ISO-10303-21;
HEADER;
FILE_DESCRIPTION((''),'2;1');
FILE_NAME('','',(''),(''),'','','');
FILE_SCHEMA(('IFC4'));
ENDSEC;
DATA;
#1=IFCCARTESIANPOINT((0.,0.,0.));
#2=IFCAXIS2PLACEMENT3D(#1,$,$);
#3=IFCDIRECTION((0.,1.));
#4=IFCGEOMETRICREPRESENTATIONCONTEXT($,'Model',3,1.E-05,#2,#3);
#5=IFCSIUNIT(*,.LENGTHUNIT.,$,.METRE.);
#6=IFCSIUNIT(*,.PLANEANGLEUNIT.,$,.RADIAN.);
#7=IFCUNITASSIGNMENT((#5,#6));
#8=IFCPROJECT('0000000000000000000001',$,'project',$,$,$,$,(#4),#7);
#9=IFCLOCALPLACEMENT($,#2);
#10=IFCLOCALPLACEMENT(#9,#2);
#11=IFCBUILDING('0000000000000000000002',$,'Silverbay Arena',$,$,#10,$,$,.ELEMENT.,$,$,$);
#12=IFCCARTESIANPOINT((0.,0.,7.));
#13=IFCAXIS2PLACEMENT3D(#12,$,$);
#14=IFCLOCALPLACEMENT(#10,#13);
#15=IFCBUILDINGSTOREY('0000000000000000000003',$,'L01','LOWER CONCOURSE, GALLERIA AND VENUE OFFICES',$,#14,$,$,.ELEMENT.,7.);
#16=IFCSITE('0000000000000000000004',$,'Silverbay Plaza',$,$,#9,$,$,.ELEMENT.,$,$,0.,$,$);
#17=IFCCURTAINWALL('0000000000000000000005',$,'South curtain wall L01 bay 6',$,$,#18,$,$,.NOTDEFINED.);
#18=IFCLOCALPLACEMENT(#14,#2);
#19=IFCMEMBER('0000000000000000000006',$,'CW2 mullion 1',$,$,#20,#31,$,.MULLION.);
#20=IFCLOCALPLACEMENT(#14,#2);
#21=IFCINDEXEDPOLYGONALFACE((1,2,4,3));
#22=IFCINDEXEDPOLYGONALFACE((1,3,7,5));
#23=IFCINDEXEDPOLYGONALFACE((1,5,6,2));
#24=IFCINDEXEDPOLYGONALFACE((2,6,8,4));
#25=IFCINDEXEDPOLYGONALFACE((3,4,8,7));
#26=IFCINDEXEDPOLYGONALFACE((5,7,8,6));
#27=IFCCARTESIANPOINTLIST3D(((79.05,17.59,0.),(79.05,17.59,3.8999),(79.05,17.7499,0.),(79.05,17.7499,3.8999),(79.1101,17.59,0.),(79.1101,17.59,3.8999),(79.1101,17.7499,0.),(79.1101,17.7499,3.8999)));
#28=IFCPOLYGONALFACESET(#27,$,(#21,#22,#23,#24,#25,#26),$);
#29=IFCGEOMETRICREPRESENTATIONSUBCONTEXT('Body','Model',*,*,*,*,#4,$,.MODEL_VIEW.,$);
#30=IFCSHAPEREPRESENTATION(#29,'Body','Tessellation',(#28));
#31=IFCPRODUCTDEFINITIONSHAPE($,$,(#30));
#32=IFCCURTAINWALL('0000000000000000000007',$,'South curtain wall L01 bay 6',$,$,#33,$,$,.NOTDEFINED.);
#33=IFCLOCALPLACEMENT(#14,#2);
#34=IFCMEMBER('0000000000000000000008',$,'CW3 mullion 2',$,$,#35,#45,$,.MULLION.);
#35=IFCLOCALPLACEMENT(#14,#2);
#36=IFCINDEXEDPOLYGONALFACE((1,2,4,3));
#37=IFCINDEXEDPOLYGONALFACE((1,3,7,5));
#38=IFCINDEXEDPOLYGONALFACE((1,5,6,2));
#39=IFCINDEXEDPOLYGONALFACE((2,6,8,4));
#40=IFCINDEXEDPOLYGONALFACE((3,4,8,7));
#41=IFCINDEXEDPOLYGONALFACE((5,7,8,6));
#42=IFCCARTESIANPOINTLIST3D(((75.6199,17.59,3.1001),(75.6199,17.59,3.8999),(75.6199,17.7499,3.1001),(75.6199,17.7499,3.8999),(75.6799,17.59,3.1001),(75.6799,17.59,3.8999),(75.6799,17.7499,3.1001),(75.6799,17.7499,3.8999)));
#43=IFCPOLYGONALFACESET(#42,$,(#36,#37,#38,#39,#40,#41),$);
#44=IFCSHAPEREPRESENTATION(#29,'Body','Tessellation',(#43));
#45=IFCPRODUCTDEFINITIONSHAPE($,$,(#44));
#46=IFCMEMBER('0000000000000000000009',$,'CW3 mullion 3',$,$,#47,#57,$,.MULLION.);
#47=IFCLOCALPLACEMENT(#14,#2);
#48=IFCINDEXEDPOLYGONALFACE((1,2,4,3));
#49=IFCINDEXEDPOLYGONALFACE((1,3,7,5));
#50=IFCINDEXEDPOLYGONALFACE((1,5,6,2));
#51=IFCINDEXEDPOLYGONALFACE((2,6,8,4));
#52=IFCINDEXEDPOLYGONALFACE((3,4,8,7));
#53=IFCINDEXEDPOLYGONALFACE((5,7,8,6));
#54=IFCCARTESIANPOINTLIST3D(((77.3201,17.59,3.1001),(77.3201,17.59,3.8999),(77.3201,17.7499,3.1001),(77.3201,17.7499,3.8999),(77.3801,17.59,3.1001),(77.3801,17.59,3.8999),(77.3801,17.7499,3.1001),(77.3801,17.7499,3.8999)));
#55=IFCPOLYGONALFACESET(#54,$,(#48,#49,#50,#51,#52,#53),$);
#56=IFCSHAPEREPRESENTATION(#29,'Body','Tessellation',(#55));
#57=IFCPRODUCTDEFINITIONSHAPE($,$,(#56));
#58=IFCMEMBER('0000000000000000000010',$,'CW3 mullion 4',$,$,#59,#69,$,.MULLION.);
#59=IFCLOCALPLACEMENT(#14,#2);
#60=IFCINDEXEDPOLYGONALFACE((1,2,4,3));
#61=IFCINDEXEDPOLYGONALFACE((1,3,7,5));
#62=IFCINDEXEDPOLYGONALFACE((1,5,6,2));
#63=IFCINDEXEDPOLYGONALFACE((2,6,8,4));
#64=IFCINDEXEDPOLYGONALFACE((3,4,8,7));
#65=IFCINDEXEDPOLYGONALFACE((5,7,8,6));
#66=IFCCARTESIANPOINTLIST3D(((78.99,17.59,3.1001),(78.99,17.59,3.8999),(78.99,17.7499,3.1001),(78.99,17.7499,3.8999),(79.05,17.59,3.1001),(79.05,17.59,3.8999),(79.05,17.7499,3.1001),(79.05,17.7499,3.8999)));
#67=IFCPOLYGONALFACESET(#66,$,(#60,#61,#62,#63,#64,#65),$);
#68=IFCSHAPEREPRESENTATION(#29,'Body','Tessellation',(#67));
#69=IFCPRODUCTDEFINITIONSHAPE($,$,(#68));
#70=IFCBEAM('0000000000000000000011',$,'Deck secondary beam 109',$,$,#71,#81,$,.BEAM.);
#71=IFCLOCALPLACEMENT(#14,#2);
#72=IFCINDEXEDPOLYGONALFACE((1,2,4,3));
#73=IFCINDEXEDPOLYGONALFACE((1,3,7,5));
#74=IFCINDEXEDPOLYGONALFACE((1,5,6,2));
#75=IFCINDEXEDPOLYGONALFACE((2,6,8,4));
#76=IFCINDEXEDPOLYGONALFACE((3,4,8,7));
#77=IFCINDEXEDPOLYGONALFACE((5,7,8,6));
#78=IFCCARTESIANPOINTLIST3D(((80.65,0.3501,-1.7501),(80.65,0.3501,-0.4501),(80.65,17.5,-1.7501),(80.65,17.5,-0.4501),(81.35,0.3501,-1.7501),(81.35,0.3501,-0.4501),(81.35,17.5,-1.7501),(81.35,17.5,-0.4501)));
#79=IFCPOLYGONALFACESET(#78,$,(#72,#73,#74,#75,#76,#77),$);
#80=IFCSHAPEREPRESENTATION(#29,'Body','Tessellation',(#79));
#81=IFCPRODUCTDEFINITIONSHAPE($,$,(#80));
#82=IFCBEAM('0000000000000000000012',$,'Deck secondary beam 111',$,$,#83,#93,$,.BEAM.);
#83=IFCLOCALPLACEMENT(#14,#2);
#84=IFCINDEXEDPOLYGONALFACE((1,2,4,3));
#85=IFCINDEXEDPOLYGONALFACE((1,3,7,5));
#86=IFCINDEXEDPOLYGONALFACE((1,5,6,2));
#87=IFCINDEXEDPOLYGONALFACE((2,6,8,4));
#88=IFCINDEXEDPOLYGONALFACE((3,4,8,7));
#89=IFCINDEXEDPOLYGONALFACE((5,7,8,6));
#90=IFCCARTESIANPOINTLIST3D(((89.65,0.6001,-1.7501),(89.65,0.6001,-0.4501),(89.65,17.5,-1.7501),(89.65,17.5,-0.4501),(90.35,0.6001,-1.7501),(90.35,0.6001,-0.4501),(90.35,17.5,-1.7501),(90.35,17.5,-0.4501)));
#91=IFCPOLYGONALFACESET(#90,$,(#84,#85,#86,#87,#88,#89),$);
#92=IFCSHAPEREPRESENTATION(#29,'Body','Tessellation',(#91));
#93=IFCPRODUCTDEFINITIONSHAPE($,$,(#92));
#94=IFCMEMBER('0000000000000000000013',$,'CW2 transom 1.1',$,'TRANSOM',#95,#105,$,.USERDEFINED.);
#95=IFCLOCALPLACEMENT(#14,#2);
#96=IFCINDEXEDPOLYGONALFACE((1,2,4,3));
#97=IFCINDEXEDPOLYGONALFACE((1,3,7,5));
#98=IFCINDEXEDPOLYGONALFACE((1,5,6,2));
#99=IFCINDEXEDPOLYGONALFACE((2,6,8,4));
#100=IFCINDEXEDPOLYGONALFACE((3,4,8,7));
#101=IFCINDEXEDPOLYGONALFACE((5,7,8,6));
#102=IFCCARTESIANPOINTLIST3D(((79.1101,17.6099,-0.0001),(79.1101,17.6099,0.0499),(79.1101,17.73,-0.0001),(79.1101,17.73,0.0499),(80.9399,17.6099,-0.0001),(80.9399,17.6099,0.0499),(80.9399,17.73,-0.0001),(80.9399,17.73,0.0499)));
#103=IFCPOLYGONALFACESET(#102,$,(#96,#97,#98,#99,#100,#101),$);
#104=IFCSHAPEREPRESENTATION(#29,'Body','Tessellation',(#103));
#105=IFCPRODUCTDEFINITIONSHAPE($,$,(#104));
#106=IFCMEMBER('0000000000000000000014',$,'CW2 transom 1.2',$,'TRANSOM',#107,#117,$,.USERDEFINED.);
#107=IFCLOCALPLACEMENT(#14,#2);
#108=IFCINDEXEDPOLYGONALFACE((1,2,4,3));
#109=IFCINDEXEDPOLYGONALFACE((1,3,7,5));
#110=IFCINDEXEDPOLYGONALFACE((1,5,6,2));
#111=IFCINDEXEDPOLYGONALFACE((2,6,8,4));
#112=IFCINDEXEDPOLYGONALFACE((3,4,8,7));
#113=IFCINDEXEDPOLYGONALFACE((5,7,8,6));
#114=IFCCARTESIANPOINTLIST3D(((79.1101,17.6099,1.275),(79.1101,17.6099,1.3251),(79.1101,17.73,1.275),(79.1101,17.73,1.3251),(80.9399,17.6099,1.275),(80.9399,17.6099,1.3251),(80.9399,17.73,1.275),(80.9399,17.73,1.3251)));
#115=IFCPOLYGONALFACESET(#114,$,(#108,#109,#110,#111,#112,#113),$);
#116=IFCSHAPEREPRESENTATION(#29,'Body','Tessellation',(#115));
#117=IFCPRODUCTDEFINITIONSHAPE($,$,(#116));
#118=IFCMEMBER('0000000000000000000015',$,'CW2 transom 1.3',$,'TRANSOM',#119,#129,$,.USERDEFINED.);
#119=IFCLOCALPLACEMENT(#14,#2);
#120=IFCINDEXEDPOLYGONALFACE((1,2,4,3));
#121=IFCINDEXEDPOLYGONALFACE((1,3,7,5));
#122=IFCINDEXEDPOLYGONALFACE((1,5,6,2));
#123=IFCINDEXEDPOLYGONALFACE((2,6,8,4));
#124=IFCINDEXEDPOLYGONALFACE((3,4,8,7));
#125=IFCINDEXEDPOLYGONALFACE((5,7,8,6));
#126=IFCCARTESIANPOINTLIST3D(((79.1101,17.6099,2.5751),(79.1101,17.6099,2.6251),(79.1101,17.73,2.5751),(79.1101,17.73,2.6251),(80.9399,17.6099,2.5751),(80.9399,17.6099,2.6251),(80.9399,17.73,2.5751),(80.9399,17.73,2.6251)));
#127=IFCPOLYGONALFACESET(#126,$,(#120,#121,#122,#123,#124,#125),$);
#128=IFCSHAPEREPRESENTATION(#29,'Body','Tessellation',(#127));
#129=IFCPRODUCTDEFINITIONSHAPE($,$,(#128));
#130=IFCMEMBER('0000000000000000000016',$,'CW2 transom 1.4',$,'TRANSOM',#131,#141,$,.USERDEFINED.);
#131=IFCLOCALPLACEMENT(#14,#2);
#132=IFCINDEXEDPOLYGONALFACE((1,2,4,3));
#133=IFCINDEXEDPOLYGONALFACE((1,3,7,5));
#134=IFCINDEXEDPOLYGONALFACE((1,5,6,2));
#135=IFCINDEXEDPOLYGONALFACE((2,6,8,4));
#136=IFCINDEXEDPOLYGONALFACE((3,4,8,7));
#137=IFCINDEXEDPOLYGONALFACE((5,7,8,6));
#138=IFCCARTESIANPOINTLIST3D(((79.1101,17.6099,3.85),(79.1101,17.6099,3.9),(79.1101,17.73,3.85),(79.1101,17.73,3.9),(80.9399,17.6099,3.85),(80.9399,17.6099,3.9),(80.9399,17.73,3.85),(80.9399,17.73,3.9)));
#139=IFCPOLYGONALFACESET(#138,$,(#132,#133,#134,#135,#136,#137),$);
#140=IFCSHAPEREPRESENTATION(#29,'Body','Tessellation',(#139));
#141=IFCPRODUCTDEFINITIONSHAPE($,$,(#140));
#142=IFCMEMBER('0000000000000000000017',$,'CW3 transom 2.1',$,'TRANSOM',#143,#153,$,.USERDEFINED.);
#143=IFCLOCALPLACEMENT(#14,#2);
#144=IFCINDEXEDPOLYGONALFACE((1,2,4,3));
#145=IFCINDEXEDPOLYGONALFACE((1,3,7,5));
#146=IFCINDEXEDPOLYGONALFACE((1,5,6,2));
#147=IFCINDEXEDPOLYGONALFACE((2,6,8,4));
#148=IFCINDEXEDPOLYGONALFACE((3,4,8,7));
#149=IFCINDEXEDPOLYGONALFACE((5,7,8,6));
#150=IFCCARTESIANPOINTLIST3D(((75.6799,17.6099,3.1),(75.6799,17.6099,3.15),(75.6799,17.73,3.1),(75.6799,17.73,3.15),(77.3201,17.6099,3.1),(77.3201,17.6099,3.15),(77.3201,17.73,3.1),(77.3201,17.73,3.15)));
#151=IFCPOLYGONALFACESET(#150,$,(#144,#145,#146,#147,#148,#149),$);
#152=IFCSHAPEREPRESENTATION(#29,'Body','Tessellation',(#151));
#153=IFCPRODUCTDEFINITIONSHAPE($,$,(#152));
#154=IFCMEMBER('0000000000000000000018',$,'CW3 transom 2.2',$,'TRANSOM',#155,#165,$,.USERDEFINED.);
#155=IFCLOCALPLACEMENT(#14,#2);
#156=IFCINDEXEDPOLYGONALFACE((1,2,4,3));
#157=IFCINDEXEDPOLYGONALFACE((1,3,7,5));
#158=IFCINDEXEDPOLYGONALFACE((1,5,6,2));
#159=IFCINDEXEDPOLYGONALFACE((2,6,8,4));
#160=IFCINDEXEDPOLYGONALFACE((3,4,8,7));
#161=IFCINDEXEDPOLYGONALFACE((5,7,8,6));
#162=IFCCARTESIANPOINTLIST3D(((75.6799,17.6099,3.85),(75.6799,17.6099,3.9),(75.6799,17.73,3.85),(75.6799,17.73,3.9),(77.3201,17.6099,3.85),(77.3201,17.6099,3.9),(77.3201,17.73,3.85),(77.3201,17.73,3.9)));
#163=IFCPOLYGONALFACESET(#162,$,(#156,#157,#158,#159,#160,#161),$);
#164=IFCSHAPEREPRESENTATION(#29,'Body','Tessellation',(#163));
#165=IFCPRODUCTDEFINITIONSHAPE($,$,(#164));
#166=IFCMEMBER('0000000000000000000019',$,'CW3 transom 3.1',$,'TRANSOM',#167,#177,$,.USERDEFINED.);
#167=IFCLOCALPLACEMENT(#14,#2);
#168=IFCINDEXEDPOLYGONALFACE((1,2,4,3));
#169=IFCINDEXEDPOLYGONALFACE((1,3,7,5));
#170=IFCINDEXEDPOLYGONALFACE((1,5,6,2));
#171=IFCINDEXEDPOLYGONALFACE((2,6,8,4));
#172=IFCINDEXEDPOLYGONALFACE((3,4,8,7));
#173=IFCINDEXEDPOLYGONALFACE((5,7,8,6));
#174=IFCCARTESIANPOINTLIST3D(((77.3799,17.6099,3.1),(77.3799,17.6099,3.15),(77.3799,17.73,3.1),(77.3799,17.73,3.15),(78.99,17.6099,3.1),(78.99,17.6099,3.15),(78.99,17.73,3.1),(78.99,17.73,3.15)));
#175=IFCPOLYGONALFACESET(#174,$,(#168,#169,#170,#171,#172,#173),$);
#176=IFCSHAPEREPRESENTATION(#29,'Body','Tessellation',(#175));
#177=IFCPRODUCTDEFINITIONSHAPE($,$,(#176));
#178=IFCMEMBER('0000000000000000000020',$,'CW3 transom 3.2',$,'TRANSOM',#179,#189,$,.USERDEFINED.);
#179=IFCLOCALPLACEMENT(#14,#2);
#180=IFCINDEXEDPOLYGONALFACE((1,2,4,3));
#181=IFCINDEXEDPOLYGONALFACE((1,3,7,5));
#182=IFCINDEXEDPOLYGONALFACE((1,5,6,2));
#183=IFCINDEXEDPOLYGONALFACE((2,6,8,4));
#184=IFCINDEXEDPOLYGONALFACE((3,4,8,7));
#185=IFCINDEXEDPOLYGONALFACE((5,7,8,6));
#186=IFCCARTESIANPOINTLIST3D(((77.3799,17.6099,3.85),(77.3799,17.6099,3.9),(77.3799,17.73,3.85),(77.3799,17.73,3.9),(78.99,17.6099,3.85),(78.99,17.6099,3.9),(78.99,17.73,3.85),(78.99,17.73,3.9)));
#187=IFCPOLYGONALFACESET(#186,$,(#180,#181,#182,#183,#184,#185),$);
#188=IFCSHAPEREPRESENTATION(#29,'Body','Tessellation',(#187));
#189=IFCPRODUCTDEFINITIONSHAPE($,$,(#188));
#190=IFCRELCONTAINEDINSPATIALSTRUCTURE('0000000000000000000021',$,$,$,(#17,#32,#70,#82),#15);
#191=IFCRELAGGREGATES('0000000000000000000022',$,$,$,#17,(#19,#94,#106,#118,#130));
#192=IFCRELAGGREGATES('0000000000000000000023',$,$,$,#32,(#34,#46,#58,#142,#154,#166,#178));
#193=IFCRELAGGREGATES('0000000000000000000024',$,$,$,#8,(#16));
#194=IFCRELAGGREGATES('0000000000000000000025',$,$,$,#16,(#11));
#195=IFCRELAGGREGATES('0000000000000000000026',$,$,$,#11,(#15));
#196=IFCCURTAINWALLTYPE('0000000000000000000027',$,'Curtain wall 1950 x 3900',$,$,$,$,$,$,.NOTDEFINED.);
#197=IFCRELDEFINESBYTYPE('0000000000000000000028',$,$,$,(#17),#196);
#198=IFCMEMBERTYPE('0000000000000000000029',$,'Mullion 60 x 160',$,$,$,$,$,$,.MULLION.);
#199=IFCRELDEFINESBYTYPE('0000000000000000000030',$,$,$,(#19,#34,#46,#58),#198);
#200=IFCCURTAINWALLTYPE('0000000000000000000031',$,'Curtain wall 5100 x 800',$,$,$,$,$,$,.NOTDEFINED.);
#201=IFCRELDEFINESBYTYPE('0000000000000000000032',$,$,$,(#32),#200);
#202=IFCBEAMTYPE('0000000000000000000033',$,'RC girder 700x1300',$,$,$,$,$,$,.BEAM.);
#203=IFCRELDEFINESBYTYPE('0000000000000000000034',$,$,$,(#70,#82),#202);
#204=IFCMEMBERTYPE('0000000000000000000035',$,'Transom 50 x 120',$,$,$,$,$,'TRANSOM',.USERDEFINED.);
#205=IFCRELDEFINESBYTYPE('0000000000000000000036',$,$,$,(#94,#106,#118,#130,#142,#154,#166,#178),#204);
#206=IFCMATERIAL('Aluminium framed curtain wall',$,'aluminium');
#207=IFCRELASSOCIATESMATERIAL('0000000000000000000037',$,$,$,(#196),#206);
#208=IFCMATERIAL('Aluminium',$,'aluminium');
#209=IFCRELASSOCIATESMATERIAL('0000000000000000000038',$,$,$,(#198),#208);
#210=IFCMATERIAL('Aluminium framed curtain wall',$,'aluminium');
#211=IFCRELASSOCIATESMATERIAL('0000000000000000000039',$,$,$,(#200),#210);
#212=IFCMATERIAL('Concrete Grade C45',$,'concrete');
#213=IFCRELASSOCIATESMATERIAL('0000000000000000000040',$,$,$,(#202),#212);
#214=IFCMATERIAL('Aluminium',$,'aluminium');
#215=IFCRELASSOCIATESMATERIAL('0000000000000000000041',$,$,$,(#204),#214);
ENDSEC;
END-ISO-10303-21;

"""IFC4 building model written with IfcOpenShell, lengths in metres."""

from ifc_helpers import new_model, si_unit, direction, frame, origin, origin_2d, place, context, subcontext, project, spatial, rectangle, extrude, material, material_profile, profile_set, type_object, element, aggregate, save


model = new_model("IFC4")

# Units and contexts
model_context = context("Model", 3, precision=1e-05, world=origin(), true_north=direction((0.0, 1.0)))
body_context = subcontext(model_context, "Body", "Model", "MODEL_VIEW")
ifc_project = project(units=[si_unit("LENGTHUNIT", "METRE"), si_unit("PLANEANGLEUNIT", "RADIAN")], contexts=[model_context])

# Site, building, storey
site_placement = place(None, origin())
site = spatial("IfcSite", under=ifc_project, at=site_placement, Name="Silverbay Plaza", CompositionType="ELEMENT", RefElevation=0.0)
building_placement = place(site_placement, origin())
building = spatial("IfcBuilding", under=site, at=building_placement, Name="Silverbay Arena", CompositionType="ELEMENT")
storey_placement = place(building_placement, frame((0.0, 0.0, 7.0)))
storey = spatial("IfcBuildingStorey", under=building, at=storey_placement, Name="L01", Description="LOWER CONCOURSE, GALLERIA AND VENUE OFFICES", CompositionType="ELEMENT", Elevation=7.0)

# Curtain wall, member
ifc_material_1 = material(Name="Aluminium framed curtain wall", Category="aluminium")
curtain_wall_type_1 = type_object("IfcCurtainWallType", Name="Curtain wall 1950 x 3900", PredefinedType="NOTDEFINED", material=ifc_material_1)
curtain_wall_1_placement = place(storey_placement, origin())
curtain_wall_1 = element("IfcCurtainWall", 1, at=curtain_wall_1_placement, inside=storey, type_object=curtain_wall_type_1, Name="South curtain wall L01 bay 6", PredefinedType="NOTDEFINED")
ifc_material_2 = material(Name="Aluminium", Category="aluminium")
ifc_material_profile_1 = material_profile(ifc_material_2, rectangle(XDim=0.1599, YDim=0.0601, at=origin_2d()), Name="Mullion 60 x 160")
ifc_profile_set_1 = profile_set([ifc_material_profile_1], Name="Aluminium")
member_type_1 = type_object("IfcMemberType", Name="Mullion 60 x 160", PredefinedType="MULLION", material=ifc_profile_set_1)
member_1_placement = place(storey_placement, frame((79.0801, 17.6699, 0.0), z_axis=(0.0, 0.0, 1.0), x_axis=(0.0, 1.0, 0.0)))
member_1 = element("IfcMember", 2, at=member_1_placement, type_object=member_type_1, Name="CW2 mullion 1", PredefinedType="MULLION", context=body_context, shape_type="SweptSolid", body=[
    extrude(rectangle(XDim=0.1599, YDim=0.0601, at=origin_2d()), origin(), (0.0, 0.0, 1.0), 3.8999),
])

# Curtain wall, members
ifc_material_3 = material(Name="Aluminium framed curtain wall", Category="aluminium")
curtain_wall_type_2 = type_object("IfcCurtainWallType", Name="Curtain wall 5100 x 800", PredefinedType="NOTDEFINED", material=ifc_material_3)
curtain_wall_2_placement = place(storey_placement, origin())
curtain_wall_2 = element("IfcCurtainWall", 3, at=curtain_wall_2_placement, inside=storey, type_object=curtain_wall_type_2, Name="South curtain wall L01 bay 6", PredefinedType="NOTDEFINED")
member_2_placement = place(storey_placement, frame((75.6499, 17.6699, 3.1001), z_axis=(0.0, 0.0, 1.0), x_axis=(0.0, 1.0, 0.0)))
member_2 = element("IfcMember", 4, at=member_2_placement, type_object=member_type_1, Name="CW3 mullion 2", PredefinedType="MULLION", context=body_context, shape_type="SweptSolid", body=[
    extrude(rectangle(XDim=0.1599, YDim=0.0601, at=origin_2d()), origin(), (0.0, 0.0, 1.0), 0.7998),
])
member_3_placement = place(storey_placement, frame((77.3501, 17.6699, 3.1001), z_axis=(0.0, 0.0, 1.0), x_axis=(0.0, 1.0, 0.0)))
member_3 = element("IfcMember", 5, at=member_3_placement, type_object=member_type_1, Name="CW3 mullion 3", PredefinedType="MULLION", context=body_context, shape_type="SweptSolid", body=[
    extrude(rectangle(XDim=0.1599, YDim=0.0601, at=origin_2d()), origin(), (0.0, 0.0, 1.0), 0.7998),
])
member_4_placement = place(storey_placement, frame((79.02, 17.6699, 3.1001), z_axis=(0.0, 0.0, 1.0), x_axis=(0.0, 1.0, 0.0)))
member_4 = element("IfcMember", 6, at=member_4_placement, type_object=member_type_1, Name="CW3 mullion 4", PredefinedType="MULLION", context=body_context, shape_type="SweptSolid", body=[
    extrude(rectangle(XDim=0.1599, YDim=0.0601, at=origin_2d()), origin(), (0.0, 0.0, 1.0), 0.7998),
])

# Beams
ifc_material_4 = material(Name="Concrete Grade C45", Category="concrete")
ifc_material_profile_2 = material_profile(ifc_material_4, rectangle(XDim=0.7, YDim=1.3, at=origin_2d()), Name="RC 700x1300")
ifc_profile_set_2 = profile_set([ifc_material_profile_2], Name="Concrete Grade C45")
beam_type = type_object("IfcBeamType", Name="RC girder 700x1300", PredefinedType="BEAM", material=ifc_profile_set_2)
beam_1_placement = place(storey_placement, frame((81.0, 0.3501, -1.1001), z_axis=(0.0, 1.0, 0.0), x_axis=(-1.0, 0.0, 0.0)))
element("IfcBeam", 7, at=beam_1_placement, inside=storey, type_object=beam_type, Name="Deck secondary beam 109", PredefinedType="BEAM", context=body_context, shape_type="SweptSolid", body=[
    extrude(rectangle(XDim=0.7, YDim=1.3, at=origin_2d()), origin(), (0.0, 0.0, 1.0), 17.1499),
])
beam_2_placement = place(storey_placement, frame((90.0, 0.6001, -1.1001), z_axis=(0.0, 1.0, 0.0), x_axis=(-1.0, 0.0, 0.0)))
element("IfcBeam", 8, at=beam_2_placement, inside=storey, type_object=beam_type, Name="Deck secondary beam 111", PredefinedType="BEAM", context=body_context, shape_type="SweptSolid", body=[
    extrude(rectangle(XDim=0.7, YDim=1.3, at=origin_2d()), origin(), (0.0, 0.0, 1.0), 16.8999),
])

# Members
ifc_material_5 = material(Name="Aluminium", Category="aluminium")
ifc_material_profile_3 = material_profile(ifc_material_5, rectangle(XDim=0.1201, YDim=0.05, at=origin_2d()), Name="Transom 50 x 120")
ifc_profile_set_3 = profile_set([ifc_material_profile_3], Name="Aluminium")
member_type_2 = type_object("IfcMemberType", Name="Transom 50 x 120", ElementType="TRANSOM", PredefinedType="USERDEFINED", material=ifc_profile_set_3)
member_5_placement = place(storey_placement, frame((79.1101, 17.6699, 0.0249), z_axis=(1.0, 0.0, 0.0), x_axis=(0.0, 1.0, 0.0)))
member_5 = element("IfcMember", 9, at=member_5_placement, type_object=member_type_2, Name="CW2 transom 1.1", ObjectType="TRANSOM", PredefinedType="USERDEFINED", context=body_context, shape_type="SweptSolid", body=[
    extrude(rectangle(XDim=0.1201, YDim=0.05, at=origin_2d()), origin(), (0.0, 0.0, 1.0), 1.8298),
])
member_6_placement = place(storey_placement, frame((79.1101, 17.6699, 1.3), z_axis=(1.0, 0.0, 0.0), x_axis=(0.0, 1.0, 0.0)))
member_6 = element("IfcMember", 10, at=member_6_placement, type_object=member_type_2, Name="CW2 transom 1.2", ObjectType="TRANSOM", PredefinedType="USERDEFINED", context=body_context, shape_type="SweptSolid", body=[
    extrude(rectangle(XDim=0.1201, YDim=0.05, at=origin_2d()), origin(), (0.0, 0.0, 1.0), 1.8298),
])
member_7_placement = place(storey_placement, frame((79.1101, 17.6699, 2.6001), z_axis=(1.0, 0.0, 0.0), x_axis=(0.0, 1.0, 0.0)))
member_7 = element("IfcMember", 11, at=member_7_placement, type_object=member_type_2, Name="CW2 transom 1.3", ObjectType="TRANSOM", PredefinedType="USERDEFINED", context=body_context, shape_type="SweptSolid", body=[
    extrude(rectangle(XDim=0.1201, YDim=0.05, at=origin_2d()), origin(), (0.0, 0.0, 1.0), 1.8298),
])
member_8_placement = place(storey_placement, frame((79.1101, 17.6699, 3.875), z_axis=(1.0, 0.0, 0.0), x_axis=(0.0, 1.0, 0.0)))
member_8 = element("IfcMember", 12, at=member_8_placement, type_object=member_type_2, Name="CW2 transom 1.4", ObjectType="TRANSOM", PredefinedType="USERDEFINED", context=body_context, shape_type="SweptSolid", body=[
    extrude(rectangle(XDim=0.1201, YDim=0.05, at=origin_2d()), origin(), (0.0, 0.0, 1.0), 1.8298),
])
aggregate(curtain_wall_1, [member_1, member_5, member_6, member_7, member_8])
member_9_placement = place(storey_placement, frame((75.6799, 17.6699, 3.125), z_axis=(1.0, 0.0, 0.0), x_axis=(0.0, 1.0, 0.0)))
member_9 = element("IfcMember", 13, at=member_9_placement, type_object=member_type_2, Name="CW3 transom 2.1", ObjectType="TRANSOM", PredefinedType="USERDEFINED", context=body_context, shape_type="SweptSolid", body=[
    extrude(rectangle(XDim=0.1201, YDim=0.05, at=origin_2d()), origin(), (0.0, 0.0, 1.0), 1.6401),
])
member_10_placement = place(storey_placement, frame((75.6799, 17.6699, 3.875), z_axis=(1.0, 0.0, 0.0), x_axis=(0.0, 1.0, 0.0)))
member_10 = element("IfcMember", 14, at=member_10_placement, type_object=member_type_2, Name="CW3 transom 2.2", ObjectType="TRANSOM", PredefinedType="USERDEFINED", context=body_context, shape_type="SweptSolid", body=[
    extrude(rectangle(XDim=0.1201, YDim=0.05, at=origin_2d()), origin(), (0.0, 0.0, 1.0), 1.6401),
])
member_11_placement = place(storey_placement, frame((77.3799, 17.6699, 3.125), z_axis=(1.0, 0.0, 0.0), x_axis=(0.0, 1.0, 0.0)))
member_11 = element("IfcMember", 15, at=member_11_placement, type_object=member_type_2, Name="CW3 transom 3.1", ObjectType="TRANSOM", PredefinedType="USERDEFINED", context=body_context, shape_type="SweptSolid", body=[
    extrude(rectangle(XDim=0.1201, YDim=0.05, at=origin_2d()), origin(), (0.0, 0.0, 1.0), 1.6101),
])
member_12_placement = place(storey_placement, frame((77.3799, 17.6699, 3.875), z_axis=(1.0, 0.0, 0.0), x_axis=(0.0, 1.0, 0.0)))
member_12 = element("IfcMember", 16, at=member_12_placement, type_object=member_type_2, Name="CW3 transom 3.2", ObjectType="TRANSOM", PredefinedType="USERDEFINED", context=body_context, shape_type="SweptSolid", body=[
    extrude(rectangle(XDim=0.1201, YDim=0.05, at=origin_2d()), origin(), (0.0, 0.0, 1.0), 1.6101),
])

aggregate(curtain_wall_2, [member_2, member_3, member_4, member_9, member_10, member_11, member_12])

save(model, "model.ifc")
